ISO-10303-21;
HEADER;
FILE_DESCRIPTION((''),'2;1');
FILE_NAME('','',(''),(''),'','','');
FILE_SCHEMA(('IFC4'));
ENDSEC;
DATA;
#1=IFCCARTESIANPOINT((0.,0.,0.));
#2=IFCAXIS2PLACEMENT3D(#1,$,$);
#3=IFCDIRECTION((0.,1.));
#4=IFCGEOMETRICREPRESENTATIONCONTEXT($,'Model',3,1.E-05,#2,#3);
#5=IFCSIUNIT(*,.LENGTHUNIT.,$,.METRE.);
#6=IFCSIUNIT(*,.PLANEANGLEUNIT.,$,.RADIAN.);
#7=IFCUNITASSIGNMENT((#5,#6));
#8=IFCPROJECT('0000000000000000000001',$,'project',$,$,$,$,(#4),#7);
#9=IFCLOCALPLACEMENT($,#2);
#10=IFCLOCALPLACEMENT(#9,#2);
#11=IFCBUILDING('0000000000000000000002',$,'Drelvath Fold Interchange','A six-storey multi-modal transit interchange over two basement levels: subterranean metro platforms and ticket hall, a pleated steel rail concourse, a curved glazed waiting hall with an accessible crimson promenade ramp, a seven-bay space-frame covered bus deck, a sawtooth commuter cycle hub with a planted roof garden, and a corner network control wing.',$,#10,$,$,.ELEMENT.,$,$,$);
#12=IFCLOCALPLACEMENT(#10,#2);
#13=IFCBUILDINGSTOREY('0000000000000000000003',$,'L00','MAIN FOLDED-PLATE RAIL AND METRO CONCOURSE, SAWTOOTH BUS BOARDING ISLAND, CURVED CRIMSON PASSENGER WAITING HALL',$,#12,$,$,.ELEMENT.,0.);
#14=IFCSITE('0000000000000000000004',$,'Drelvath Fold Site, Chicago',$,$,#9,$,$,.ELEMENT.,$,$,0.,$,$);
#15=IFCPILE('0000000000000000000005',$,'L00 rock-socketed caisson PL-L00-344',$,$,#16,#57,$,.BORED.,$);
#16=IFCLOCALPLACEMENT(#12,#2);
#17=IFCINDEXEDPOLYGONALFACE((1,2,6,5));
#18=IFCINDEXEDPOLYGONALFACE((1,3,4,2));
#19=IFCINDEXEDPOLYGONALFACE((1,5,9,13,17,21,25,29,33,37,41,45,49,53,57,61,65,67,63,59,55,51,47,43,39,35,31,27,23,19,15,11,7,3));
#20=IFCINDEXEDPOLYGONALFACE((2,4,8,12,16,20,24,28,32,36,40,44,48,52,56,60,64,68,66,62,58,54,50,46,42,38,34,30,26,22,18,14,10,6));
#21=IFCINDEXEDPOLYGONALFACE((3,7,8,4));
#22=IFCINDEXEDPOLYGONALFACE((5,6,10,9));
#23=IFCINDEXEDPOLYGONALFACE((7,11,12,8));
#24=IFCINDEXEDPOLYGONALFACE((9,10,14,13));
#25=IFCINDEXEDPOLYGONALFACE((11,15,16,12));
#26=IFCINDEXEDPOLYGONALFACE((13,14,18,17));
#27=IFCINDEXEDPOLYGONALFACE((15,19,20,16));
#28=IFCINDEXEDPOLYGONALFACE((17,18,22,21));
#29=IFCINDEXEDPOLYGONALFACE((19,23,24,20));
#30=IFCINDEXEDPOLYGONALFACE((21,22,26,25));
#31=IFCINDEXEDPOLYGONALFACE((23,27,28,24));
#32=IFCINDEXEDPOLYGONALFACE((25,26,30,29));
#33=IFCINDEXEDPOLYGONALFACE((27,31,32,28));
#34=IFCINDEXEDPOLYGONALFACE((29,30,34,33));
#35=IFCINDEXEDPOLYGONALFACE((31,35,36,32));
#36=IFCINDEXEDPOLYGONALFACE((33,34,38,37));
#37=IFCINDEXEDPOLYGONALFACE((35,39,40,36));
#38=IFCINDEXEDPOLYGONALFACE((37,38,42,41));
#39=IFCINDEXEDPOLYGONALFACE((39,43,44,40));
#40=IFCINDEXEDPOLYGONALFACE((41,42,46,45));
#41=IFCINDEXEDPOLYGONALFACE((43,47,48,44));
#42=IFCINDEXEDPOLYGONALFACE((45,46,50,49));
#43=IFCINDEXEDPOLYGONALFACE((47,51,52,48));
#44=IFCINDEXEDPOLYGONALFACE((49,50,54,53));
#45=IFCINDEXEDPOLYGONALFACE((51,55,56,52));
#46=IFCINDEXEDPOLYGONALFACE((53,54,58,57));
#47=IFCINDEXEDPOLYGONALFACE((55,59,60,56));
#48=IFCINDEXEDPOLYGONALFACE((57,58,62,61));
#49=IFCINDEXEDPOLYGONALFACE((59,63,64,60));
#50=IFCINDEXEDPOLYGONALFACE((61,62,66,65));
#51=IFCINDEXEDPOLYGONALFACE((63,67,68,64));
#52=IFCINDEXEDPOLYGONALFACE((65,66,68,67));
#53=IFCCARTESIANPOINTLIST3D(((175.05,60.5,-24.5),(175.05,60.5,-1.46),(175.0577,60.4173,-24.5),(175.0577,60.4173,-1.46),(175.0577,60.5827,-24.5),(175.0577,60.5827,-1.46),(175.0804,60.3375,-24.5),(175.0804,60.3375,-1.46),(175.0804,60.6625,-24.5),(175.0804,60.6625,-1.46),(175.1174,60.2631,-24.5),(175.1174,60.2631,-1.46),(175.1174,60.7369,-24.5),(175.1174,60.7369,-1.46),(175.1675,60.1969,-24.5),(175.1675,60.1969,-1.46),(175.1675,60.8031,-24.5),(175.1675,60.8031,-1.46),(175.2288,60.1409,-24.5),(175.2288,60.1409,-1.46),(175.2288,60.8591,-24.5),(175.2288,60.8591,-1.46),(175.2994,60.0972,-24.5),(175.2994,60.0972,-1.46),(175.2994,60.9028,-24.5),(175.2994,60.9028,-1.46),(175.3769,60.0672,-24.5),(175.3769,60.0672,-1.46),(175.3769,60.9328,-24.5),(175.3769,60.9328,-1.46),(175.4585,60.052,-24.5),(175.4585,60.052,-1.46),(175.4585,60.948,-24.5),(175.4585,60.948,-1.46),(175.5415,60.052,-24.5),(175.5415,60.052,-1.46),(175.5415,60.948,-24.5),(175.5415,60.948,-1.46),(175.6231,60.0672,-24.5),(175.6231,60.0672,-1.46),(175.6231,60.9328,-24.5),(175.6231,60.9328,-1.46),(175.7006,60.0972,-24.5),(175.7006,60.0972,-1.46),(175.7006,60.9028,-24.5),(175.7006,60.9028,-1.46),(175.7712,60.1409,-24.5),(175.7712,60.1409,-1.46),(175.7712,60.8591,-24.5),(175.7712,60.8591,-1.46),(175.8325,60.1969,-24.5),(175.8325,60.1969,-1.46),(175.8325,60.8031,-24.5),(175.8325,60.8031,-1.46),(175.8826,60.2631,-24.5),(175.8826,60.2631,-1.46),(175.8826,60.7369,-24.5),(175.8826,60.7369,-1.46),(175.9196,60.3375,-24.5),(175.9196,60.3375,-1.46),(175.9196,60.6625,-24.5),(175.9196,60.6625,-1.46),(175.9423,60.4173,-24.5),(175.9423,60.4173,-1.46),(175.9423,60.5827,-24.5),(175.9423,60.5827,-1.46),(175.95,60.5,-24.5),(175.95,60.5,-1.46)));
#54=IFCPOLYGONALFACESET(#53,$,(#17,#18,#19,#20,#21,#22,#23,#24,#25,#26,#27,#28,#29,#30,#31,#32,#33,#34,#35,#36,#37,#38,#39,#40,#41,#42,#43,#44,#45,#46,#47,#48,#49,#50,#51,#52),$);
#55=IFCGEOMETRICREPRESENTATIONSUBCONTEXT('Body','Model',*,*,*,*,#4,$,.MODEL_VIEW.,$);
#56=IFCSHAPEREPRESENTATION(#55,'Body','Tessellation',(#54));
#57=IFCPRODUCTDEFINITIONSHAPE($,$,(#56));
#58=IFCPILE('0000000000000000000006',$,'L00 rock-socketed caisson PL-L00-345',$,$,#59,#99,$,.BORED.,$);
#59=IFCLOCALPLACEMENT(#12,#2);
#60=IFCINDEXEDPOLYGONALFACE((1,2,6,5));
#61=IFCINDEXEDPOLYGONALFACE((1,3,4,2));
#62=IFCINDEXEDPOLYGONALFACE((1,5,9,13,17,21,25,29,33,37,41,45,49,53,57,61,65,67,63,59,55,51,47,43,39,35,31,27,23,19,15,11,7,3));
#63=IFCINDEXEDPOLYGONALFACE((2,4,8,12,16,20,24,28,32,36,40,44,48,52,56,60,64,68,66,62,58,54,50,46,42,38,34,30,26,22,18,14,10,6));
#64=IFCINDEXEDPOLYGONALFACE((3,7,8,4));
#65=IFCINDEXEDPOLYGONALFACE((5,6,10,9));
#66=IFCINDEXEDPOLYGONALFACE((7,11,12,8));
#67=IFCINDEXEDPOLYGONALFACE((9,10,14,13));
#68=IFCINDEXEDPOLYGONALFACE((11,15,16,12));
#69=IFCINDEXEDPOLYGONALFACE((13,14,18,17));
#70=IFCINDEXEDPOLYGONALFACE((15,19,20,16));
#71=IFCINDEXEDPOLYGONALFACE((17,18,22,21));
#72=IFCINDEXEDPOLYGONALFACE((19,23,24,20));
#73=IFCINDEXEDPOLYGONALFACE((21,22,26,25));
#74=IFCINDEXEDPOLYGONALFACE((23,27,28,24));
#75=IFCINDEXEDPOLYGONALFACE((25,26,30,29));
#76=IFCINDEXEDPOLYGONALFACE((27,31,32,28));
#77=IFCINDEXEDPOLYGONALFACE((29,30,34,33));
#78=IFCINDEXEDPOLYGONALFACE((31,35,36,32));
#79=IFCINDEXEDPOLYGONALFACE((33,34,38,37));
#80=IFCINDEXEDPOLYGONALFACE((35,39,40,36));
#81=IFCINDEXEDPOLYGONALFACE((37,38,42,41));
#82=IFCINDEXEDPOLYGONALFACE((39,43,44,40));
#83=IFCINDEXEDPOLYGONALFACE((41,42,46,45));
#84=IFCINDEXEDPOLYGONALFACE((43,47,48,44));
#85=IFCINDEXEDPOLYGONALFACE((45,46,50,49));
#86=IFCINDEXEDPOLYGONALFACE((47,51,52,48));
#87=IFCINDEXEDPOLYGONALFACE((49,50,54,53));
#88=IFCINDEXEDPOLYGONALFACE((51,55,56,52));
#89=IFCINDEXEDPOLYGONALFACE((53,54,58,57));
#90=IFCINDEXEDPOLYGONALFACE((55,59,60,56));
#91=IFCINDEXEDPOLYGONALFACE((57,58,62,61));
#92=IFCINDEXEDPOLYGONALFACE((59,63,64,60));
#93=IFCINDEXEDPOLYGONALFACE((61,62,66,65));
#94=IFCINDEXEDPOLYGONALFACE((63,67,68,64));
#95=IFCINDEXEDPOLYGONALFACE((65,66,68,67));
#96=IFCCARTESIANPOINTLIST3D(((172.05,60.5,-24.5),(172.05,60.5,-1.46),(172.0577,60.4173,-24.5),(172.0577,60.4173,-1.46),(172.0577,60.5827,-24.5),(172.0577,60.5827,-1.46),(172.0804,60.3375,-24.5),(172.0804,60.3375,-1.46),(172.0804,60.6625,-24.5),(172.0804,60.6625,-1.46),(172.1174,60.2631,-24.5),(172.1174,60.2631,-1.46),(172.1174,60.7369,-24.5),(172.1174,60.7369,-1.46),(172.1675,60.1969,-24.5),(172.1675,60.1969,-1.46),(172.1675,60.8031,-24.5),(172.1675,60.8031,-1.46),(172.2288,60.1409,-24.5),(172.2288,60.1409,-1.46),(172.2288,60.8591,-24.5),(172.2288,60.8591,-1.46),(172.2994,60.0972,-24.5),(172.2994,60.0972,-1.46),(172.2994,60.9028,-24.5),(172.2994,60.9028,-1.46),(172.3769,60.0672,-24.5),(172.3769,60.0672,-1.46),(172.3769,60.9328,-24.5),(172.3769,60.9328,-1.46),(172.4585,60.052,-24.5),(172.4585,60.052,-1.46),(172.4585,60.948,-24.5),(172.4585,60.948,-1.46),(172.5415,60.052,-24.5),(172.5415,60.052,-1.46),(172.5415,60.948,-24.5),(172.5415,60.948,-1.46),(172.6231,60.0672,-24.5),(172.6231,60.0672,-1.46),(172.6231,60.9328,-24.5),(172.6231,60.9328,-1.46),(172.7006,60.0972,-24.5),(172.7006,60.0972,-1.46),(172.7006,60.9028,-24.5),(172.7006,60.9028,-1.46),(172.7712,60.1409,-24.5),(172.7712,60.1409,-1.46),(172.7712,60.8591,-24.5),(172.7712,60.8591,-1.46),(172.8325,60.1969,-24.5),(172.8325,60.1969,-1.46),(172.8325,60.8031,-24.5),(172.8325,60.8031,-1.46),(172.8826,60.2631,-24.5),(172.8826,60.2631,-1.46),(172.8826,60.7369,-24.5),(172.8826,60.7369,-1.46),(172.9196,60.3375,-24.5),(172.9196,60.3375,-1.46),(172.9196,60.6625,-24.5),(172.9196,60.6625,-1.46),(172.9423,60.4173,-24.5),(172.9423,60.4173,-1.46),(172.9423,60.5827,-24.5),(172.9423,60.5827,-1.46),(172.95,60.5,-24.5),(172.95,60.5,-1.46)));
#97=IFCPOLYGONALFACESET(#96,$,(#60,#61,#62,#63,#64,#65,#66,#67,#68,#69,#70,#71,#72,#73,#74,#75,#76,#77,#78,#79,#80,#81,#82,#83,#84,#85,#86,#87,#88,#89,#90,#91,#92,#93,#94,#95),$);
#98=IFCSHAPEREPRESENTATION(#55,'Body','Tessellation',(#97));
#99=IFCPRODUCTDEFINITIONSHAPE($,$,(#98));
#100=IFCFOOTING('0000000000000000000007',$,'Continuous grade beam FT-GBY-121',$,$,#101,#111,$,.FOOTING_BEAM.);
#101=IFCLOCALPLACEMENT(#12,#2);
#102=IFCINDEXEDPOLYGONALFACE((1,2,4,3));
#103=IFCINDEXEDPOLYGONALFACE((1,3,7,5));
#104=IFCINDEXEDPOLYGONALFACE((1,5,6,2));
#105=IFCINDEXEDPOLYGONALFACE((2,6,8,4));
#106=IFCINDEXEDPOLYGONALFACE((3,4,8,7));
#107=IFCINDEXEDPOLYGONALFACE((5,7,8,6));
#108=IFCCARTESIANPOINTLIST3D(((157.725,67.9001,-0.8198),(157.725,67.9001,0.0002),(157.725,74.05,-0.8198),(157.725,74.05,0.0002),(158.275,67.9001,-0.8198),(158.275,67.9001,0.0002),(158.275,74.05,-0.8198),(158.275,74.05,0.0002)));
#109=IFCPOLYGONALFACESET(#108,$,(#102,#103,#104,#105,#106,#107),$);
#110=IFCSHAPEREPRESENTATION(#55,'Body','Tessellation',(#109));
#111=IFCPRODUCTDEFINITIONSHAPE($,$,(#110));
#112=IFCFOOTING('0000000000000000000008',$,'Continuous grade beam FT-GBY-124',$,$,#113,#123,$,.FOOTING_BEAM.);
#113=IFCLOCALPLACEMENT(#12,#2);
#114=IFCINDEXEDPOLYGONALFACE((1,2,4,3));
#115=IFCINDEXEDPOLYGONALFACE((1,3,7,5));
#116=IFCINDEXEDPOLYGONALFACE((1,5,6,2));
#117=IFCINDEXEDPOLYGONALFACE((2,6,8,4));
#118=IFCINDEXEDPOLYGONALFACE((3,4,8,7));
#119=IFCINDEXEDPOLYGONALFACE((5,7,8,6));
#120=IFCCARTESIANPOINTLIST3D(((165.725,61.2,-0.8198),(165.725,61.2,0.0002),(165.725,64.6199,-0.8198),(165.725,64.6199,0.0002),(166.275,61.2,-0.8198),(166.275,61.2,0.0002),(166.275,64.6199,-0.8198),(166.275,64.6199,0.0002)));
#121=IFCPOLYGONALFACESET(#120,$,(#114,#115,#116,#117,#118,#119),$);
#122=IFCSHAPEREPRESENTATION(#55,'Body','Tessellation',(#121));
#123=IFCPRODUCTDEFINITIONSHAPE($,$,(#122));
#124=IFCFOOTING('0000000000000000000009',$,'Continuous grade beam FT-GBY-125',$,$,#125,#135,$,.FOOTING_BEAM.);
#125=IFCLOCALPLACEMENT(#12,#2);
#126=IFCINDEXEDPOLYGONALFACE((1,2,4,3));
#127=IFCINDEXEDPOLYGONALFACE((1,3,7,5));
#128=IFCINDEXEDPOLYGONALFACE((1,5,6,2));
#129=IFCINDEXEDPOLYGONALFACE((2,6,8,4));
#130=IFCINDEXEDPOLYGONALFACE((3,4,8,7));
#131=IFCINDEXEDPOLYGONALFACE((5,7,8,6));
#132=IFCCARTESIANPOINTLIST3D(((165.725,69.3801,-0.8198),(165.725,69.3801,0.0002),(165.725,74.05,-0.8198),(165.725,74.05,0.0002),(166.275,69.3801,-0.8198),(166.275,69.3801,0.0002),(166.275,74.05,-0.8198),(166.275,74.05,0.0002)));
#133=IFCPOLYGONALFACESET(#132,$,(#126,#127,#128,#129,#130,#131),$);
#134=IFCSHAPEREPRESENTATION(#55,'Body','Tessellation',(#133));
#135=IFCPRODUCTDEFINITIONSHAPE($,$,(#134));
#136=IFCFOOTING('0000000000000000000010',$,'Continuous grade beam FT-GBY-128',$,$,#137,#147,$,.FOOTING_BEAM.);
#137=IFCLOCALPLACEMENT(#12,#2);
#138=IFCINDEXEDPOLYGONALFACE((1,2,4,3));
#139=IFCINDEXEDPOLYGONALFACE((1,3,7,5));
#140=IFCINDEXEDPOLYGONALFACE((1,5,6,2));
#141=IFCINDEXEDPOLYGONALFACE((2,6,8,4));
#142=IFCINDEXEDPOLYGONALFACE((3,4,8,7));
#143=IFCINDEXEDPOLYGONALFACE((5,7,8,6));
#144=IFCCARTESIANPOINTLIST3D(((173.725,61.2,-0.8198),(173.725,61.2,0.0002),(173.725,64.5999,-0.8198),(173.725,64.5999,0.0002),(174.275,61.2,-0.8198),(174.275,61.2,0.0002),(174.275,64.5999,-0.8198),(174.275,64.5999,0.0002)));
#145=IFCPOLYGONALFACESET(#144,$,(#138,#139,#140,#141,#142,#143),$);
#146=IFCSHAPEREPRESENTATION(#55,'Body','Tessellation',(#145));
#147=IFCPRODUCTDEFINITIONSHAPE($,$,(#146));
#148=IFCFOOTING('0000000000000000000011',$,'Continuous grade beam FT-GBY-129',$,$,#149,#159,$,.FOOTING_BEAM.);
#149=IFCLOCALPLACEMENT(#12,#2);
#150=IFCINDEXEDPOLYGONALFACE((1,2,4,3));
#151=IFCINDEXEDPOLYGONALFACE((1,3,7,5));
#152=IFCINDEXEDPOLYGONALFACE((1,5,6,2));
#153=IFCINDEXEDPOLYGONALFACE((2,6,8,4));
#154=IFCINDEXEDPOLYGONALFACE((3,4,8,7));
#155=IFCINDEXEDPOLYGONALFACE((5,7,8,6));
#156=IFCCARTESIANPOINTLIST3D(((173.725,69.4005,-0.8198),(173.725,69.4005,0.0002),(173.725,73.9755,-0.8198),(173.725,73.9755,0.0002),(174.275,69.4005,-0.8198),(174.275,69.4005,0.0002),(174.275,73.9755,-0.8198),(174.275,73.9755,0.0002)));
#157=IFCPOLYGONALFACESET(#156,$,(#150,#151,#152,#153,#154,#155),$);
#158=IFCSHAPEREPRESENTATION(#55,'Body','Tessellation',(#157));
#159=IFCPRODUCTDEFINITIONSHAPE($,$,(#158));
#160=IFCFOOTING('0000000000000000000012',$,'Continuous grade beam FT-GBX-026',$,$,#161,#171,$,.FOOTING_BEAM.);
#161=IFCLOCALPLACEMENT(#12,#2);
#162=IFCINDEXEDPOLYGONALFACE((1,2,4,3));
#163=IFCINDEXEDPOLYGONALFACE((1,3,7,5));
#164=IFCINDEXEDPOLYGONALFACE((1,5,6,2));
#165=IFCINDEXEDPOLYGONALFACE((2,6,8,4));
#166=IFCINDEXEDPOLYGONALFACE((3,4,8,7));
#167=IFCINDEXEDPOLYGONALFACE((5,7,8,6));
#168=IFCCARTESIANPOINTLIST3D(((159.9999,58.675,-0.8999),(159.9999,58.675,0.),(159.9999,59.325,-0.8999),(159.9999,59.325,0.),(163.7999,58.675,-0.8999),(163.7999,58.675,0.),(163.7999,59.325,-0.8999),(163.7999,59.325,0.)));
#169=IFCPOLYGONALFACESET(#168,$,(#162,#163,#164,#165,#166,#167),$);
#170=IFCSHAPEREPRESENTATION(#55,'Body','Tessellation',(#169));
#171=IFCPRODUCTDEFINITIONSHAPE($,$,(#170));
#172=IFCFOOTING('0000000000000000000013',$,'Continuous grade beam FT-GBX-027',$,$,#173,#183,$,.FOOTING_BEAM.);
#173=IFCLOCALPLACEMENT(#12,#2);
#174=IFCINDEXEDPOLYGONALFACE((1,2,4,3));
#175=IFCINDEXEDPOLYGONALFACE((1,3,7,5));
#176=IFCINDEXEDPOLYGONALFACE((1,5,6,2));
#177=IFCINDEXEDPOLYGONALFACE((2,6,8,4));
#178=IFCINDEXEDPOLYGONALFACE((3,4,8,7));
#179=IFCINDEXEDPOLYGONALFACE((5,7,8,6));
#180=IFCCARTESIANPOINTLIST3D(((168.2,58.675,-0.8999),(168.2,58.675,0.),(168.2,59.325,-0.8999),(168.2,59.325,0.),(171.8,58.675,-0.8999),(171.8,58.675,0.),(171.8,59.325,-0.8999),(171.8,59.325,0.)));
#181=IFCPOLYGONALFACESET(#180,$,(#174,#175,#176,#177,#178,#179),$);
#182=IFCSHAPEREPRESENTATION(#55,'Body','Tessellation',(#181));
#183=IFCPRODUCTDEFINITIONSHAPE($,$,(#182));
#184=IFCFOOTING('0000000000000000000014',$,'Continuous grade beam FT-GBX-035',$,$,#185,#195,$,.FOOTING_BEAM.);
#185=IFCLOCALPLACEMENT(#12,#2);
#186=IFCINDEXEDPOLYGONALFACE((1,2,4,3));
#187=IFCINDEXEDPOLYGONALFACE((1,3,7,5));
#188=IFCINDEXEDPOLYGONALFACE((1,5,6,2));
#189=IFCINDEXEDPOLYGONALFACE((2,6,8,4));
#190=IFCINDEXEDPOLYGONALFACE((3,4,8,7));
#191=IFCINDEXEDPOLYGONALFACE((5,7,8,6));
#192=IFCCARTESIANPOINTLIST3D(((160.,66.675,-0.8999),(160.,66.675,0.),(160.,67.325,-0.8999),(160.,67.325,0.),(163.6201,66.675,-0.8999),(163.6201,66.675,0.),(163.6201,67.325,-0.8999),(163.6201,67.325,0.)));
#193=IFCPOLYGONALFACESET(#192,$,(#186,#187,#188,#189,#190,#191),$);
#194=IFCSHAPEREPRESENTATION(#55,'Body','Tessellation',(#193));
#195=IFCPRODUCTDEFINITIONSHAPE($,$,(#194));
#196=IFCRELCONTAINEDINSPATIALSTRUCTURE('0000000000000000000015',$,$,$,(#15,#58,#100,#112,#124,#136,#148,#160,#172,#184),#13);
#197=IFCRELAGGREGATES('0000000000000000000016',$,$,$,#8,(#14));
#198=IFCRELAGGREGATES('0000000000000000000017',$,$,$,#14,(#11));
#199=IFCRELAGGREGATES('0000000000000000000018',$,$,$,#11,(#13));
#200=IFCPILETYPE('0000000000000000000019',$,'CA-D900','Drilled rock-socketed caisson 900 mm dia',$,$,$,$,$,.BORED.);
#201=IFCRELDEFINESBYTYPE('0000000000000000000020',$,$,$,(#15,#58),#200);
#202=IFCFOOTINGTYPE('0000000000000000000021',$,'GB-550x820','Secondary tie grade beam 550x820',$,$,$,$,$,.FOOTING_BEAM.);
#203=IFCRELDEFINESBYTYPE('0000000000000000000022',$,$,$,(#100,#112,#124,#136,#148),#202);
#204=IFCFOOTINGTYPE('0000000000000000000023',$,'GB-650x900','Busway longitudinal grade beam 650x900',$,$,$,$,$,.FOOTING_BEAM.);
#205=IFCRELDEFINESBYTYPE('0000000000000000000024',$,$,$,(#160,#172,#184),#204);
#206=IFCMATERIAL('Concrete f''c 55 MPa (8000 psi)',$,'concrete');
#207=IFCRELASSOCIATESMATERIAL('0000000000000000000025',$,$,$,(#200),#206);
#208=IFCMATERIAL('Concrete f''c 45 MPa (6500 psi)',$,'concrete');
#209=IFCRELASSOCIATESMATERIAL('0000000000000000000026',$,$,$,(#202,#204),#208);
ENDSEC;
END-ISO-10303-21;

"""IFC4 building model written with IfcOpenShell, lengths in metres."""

from ifc_helpers import new_model, si_unit, direction, frame, origin, origin_2d, place, context, subcontext, project, spatial, rectangle, circle, extrude, material, material_profile, profile_set, type_object, element, save


model = new_model("IFC4")

# Units and contexts
model_context = context("Model", 3, precision=1e-05, world=origin(), true_north=direction((0.0, 1.0)))
body_context = subcontext(model_context, "Body", "Model", "MODEL_VIEW")
ifc_project = project(units=[si_unit("LENGTHUNIT", "METRE"), si_unit("PLANEANGLEUNIT", "RADIAN")], contexts=[model_context])

# Site, building, storey
site_placement = place(None, origin())
site = spatial("IfcSite", under=ifc_project, at=site_placement, Name="Drelvath Fold Site, Chicago", CompositionType="ELEMENT", RefElevation=0.0)
building_placement = place(site_placement, origin())
building = spatial("IfcBuilding", under=site, at=building_placement, Name="Drelvath Fold Interchange", Description="A six-storey multi-modal transit interchange over two basement levels: subterranean metro platforms and ticket hall, a pleated steel rail concourse, a curved glazed waiting hall with an accessible crimson promenade ramp, a seven-bay space-frame covered bus deck, a sawtooth commuter cycle hub with a planted roof garden, and a corner network control wing.", CompositionType="ELEMENT")
storey_placement = place(building_placement, origin())
storey = spatial("IfcBuildingStorey", under=building, at=storey_placement, Name="L00", Description="MAIN FOLDED-PLATE RAIL AND METRO CONCOURSE, SAWTOOTH BUS BOARDING ISLAND, CURVED CRIMSON PASSENGER WAITING HALL", CompositionType="ELEMENT", Elevation=0.0)

# Piles
ifc_material_1 = material(Name="Concrete f'c 55 MPa (8000 psi)", Category="concrete")
ifc_material_profile_1 = material_profile(ifc_material_1, circle(Radius=0.45, at=origin_2d()), Name="CAISSON D900")
ifc_profile_set_1 = profile_set([ifc_material_profile_1], Name="Concrete f'c 55 MPa (8000 psi)")
pile_type_1 = type_object("IfcPileType", Name="CA-D900", Description="Drilled rock-socketed caisson 900 mm dia", PredefinedType="BORED", material=ifc_profile_set_1)
for number, where, z_axis, x_axis, name in (
    (1, (175.5, 60.5, -1.46), (0.0, 0.0, -1.0), (1.0, 0.0, 0.0), "L00 rock-socketed caisson PL-L00-344"),
    (2, (172.5, 60.5, -1.46), (0.0, 0.0, -1.0), (1.0, 0.0, 0.0), "L00 rock-socketed caisson PL-L00-345"),
):
    element("IfcPile", number, at=place(storey_placement, frame(where, z_axis=z_axis, x_axis=x_axis)), inside=storey, type_object=pile_type_1, Name=name, PredefinedType="BORED", context=body_context, shape_type="SweptSolid", body=[
        extrude(circle(Radius=0.45, at=origin_2d()), origin(), (0.0, 0.0, 1.0), 23.04),
    ])

# Footings
ifc_material_2 = material(Name="Concrete f'c 45 MPa (6500 psi)", Category="concrete")
footing_type_1 = type_object("IfcFootingType", Name="GB-550x820", Description="Secondary tie grade beam 550x820", PredefinedType="FOOTING_BEAM", material=ifc_material_2)
footing_1_placement = place(storey_placement, frame((158.0, 70.9751, -0.8198), z_axis=(0.0, 0.0, 1.0), x_axis=(1.0, 0.0, 0.0)))
element("IfcFooting", 3, at=footing_1_placement, inside=storey, type_object=footing_type_1, Name="Continuous grade beam FT-GBY-121", PredefinedType="FOOTING_BEAM", context=body_context, shape_type="SweptSolid", body=[
    extrude(rectangle(XDim=0.55, YDim=6.1499, at=origin_2d()), origin(), (0.0, 0.0, 1.0), 0.8201),
])
footing_2_placement = place(storey_placement, frame((166.0, 62.9099, -0.8198), z_axis=(0.0, 0.0, 1.0), x_axis=(1.0, 0.0, 0.0)))
element("IfcFooting", 4, at=footing_2_placement, inside=storey, type_object=footing_type_1, Name="Continuous grade beam FT-GBY-124", PredefinedType="FOOTING_BEAM", context=body_context, shape_type="SweptSolid", body=[
    extrude(rectangle(XDim=0.55, YDim=3.4199, at=origin_2d()), origin(), (0.0, 0.0, 1.0), 0.8201),
])
footing_3_placement = place(storey_placement, frame((166.0, 71.7151, -0.8198), z_axis=(0.0, 0.0, 1.0), x_axis=(1.0, 0.0, 0.0)))
element("IfcFooting", 5, at=footing_3_placement, inside=storey, type_object=footing_type_1, Name="Continuous grade beam FT-GBY-125", PredefinedType="FOOTING_BEAM", context=body_context, shape_type="SweptSolid", body=[
    extrude(rectangle(XDim=0.55, YDim=4.6699, at=origin_2d()), origin(), (0.0, 0.0, 1.0), 0.8201),
])
footing_4_placement = place(storey_placement, frame((174.0, 62.8999, -0.8198), z_axis=(0.0, 0.0, 1.0), x_axis=(1.0, 0.0, 0.0)))
element("IfcFooting", 6, at=footing_4_placement, inside=storey, type_object=footing_type_1, Name="Continuous grade beam FT-GBY-128", PredefinedType="FOOTING_BEAM", context=body_context, shape_type="SweptSolid", body=[
    extrude(rectangle(XDim=0.55, YDim=3.3999, at=origin_2d()), origin(), (0.0, 0.0, 1.0), 0.8201),
])
footing_5_placement = place(storey_placement, frame((174.0, 71.688, -0.8198), z_axis=(0.0, 0.0, 1.0), x_axis=(1.0, 0.0, 0.0)))
element("IfcFooting", 7, at=footing_5_placement, inside=storey, type_object=footing_type_1, Name="Continuous grade beam FT-GBY-129", PredefinedType="FOOTING_BEAM", context=body_context, shape_type="SweptSolid", body=[
    extrude(rectangle(XDim=0.55, YDim=4.575, at=origin_2d()), origin(), (0.0, 0.0, 1.0), 0.8201),
])
footing_type_2 = type_object("IfcFootingType", Name="GB-650x900", Description="Busway longitudinal grade beam 650x900", PredefinedType="FOOTING_BEAM", material=ifc_material_2)
footing_6_placement = place(storey_placement, frame((161.8999, 59.0, -0.8999), z_axis=(0.0, 0.0, 1.0), x_axis=(1.0, 0.0, 0.0)))
element("IfcFooting", 8, at=footing_6_placement, inside=storey, type_object=footing_type_2, Name="Continuous grade beam FT-GBX-026", PredefinedType="FOOTING_BEAM", context=body_context, shape_type="SweptSolid", body=[
    extrude(rectangle(XDim=3.8, YDim=0.6499, at=origin_2d()), origin(), (0.0, 0.0, 1.0), 0.8999),
])
footing_7_placement = place(storey_placement, frame((170.0, 59.0, -0.8999), z_axis=(0.0, 0.0, 1.0), x_axis=(1.0, 0.0, 0.0)))
element("IfcFooting", 9, at=footing_7_placement, inside=storey, type_object=footing_type_2, Name="Continuous grade beam FT-GBX-027", PredefinedType="FOOTING_BEAM", context=body_context, shape_type="SweptSolid", body=[
    extrude(rectangle(XDim=3.6001, YDim=0.6499, at=origin_2d()), origin(), (0.0, 0.0, 1.0), 0.8999),
])
footing_8_placement = place(storey_placement, frame((161.8101, 67.0, -0.8999), z_axis=(0.0, 0.0, 1.0), x_axis=(1.0, 0.0, 0.0)))
element("IfcFooting", 10, at=footing_8_placement, inside=storey, type_object=footing_type_2, Name="Continuous grade beam FT-GBX-035", PredefinedType="FOOTING_BEAM", context=body_context, shape_type="SweptSolid", body=[
    extrude(rectangle(XDim=3.6201, YDim=0.6499, at=origin_2d()), origin(), (0.0, 0.0, 1.0), 0.8999),
])

save(model, "model.ifc")
